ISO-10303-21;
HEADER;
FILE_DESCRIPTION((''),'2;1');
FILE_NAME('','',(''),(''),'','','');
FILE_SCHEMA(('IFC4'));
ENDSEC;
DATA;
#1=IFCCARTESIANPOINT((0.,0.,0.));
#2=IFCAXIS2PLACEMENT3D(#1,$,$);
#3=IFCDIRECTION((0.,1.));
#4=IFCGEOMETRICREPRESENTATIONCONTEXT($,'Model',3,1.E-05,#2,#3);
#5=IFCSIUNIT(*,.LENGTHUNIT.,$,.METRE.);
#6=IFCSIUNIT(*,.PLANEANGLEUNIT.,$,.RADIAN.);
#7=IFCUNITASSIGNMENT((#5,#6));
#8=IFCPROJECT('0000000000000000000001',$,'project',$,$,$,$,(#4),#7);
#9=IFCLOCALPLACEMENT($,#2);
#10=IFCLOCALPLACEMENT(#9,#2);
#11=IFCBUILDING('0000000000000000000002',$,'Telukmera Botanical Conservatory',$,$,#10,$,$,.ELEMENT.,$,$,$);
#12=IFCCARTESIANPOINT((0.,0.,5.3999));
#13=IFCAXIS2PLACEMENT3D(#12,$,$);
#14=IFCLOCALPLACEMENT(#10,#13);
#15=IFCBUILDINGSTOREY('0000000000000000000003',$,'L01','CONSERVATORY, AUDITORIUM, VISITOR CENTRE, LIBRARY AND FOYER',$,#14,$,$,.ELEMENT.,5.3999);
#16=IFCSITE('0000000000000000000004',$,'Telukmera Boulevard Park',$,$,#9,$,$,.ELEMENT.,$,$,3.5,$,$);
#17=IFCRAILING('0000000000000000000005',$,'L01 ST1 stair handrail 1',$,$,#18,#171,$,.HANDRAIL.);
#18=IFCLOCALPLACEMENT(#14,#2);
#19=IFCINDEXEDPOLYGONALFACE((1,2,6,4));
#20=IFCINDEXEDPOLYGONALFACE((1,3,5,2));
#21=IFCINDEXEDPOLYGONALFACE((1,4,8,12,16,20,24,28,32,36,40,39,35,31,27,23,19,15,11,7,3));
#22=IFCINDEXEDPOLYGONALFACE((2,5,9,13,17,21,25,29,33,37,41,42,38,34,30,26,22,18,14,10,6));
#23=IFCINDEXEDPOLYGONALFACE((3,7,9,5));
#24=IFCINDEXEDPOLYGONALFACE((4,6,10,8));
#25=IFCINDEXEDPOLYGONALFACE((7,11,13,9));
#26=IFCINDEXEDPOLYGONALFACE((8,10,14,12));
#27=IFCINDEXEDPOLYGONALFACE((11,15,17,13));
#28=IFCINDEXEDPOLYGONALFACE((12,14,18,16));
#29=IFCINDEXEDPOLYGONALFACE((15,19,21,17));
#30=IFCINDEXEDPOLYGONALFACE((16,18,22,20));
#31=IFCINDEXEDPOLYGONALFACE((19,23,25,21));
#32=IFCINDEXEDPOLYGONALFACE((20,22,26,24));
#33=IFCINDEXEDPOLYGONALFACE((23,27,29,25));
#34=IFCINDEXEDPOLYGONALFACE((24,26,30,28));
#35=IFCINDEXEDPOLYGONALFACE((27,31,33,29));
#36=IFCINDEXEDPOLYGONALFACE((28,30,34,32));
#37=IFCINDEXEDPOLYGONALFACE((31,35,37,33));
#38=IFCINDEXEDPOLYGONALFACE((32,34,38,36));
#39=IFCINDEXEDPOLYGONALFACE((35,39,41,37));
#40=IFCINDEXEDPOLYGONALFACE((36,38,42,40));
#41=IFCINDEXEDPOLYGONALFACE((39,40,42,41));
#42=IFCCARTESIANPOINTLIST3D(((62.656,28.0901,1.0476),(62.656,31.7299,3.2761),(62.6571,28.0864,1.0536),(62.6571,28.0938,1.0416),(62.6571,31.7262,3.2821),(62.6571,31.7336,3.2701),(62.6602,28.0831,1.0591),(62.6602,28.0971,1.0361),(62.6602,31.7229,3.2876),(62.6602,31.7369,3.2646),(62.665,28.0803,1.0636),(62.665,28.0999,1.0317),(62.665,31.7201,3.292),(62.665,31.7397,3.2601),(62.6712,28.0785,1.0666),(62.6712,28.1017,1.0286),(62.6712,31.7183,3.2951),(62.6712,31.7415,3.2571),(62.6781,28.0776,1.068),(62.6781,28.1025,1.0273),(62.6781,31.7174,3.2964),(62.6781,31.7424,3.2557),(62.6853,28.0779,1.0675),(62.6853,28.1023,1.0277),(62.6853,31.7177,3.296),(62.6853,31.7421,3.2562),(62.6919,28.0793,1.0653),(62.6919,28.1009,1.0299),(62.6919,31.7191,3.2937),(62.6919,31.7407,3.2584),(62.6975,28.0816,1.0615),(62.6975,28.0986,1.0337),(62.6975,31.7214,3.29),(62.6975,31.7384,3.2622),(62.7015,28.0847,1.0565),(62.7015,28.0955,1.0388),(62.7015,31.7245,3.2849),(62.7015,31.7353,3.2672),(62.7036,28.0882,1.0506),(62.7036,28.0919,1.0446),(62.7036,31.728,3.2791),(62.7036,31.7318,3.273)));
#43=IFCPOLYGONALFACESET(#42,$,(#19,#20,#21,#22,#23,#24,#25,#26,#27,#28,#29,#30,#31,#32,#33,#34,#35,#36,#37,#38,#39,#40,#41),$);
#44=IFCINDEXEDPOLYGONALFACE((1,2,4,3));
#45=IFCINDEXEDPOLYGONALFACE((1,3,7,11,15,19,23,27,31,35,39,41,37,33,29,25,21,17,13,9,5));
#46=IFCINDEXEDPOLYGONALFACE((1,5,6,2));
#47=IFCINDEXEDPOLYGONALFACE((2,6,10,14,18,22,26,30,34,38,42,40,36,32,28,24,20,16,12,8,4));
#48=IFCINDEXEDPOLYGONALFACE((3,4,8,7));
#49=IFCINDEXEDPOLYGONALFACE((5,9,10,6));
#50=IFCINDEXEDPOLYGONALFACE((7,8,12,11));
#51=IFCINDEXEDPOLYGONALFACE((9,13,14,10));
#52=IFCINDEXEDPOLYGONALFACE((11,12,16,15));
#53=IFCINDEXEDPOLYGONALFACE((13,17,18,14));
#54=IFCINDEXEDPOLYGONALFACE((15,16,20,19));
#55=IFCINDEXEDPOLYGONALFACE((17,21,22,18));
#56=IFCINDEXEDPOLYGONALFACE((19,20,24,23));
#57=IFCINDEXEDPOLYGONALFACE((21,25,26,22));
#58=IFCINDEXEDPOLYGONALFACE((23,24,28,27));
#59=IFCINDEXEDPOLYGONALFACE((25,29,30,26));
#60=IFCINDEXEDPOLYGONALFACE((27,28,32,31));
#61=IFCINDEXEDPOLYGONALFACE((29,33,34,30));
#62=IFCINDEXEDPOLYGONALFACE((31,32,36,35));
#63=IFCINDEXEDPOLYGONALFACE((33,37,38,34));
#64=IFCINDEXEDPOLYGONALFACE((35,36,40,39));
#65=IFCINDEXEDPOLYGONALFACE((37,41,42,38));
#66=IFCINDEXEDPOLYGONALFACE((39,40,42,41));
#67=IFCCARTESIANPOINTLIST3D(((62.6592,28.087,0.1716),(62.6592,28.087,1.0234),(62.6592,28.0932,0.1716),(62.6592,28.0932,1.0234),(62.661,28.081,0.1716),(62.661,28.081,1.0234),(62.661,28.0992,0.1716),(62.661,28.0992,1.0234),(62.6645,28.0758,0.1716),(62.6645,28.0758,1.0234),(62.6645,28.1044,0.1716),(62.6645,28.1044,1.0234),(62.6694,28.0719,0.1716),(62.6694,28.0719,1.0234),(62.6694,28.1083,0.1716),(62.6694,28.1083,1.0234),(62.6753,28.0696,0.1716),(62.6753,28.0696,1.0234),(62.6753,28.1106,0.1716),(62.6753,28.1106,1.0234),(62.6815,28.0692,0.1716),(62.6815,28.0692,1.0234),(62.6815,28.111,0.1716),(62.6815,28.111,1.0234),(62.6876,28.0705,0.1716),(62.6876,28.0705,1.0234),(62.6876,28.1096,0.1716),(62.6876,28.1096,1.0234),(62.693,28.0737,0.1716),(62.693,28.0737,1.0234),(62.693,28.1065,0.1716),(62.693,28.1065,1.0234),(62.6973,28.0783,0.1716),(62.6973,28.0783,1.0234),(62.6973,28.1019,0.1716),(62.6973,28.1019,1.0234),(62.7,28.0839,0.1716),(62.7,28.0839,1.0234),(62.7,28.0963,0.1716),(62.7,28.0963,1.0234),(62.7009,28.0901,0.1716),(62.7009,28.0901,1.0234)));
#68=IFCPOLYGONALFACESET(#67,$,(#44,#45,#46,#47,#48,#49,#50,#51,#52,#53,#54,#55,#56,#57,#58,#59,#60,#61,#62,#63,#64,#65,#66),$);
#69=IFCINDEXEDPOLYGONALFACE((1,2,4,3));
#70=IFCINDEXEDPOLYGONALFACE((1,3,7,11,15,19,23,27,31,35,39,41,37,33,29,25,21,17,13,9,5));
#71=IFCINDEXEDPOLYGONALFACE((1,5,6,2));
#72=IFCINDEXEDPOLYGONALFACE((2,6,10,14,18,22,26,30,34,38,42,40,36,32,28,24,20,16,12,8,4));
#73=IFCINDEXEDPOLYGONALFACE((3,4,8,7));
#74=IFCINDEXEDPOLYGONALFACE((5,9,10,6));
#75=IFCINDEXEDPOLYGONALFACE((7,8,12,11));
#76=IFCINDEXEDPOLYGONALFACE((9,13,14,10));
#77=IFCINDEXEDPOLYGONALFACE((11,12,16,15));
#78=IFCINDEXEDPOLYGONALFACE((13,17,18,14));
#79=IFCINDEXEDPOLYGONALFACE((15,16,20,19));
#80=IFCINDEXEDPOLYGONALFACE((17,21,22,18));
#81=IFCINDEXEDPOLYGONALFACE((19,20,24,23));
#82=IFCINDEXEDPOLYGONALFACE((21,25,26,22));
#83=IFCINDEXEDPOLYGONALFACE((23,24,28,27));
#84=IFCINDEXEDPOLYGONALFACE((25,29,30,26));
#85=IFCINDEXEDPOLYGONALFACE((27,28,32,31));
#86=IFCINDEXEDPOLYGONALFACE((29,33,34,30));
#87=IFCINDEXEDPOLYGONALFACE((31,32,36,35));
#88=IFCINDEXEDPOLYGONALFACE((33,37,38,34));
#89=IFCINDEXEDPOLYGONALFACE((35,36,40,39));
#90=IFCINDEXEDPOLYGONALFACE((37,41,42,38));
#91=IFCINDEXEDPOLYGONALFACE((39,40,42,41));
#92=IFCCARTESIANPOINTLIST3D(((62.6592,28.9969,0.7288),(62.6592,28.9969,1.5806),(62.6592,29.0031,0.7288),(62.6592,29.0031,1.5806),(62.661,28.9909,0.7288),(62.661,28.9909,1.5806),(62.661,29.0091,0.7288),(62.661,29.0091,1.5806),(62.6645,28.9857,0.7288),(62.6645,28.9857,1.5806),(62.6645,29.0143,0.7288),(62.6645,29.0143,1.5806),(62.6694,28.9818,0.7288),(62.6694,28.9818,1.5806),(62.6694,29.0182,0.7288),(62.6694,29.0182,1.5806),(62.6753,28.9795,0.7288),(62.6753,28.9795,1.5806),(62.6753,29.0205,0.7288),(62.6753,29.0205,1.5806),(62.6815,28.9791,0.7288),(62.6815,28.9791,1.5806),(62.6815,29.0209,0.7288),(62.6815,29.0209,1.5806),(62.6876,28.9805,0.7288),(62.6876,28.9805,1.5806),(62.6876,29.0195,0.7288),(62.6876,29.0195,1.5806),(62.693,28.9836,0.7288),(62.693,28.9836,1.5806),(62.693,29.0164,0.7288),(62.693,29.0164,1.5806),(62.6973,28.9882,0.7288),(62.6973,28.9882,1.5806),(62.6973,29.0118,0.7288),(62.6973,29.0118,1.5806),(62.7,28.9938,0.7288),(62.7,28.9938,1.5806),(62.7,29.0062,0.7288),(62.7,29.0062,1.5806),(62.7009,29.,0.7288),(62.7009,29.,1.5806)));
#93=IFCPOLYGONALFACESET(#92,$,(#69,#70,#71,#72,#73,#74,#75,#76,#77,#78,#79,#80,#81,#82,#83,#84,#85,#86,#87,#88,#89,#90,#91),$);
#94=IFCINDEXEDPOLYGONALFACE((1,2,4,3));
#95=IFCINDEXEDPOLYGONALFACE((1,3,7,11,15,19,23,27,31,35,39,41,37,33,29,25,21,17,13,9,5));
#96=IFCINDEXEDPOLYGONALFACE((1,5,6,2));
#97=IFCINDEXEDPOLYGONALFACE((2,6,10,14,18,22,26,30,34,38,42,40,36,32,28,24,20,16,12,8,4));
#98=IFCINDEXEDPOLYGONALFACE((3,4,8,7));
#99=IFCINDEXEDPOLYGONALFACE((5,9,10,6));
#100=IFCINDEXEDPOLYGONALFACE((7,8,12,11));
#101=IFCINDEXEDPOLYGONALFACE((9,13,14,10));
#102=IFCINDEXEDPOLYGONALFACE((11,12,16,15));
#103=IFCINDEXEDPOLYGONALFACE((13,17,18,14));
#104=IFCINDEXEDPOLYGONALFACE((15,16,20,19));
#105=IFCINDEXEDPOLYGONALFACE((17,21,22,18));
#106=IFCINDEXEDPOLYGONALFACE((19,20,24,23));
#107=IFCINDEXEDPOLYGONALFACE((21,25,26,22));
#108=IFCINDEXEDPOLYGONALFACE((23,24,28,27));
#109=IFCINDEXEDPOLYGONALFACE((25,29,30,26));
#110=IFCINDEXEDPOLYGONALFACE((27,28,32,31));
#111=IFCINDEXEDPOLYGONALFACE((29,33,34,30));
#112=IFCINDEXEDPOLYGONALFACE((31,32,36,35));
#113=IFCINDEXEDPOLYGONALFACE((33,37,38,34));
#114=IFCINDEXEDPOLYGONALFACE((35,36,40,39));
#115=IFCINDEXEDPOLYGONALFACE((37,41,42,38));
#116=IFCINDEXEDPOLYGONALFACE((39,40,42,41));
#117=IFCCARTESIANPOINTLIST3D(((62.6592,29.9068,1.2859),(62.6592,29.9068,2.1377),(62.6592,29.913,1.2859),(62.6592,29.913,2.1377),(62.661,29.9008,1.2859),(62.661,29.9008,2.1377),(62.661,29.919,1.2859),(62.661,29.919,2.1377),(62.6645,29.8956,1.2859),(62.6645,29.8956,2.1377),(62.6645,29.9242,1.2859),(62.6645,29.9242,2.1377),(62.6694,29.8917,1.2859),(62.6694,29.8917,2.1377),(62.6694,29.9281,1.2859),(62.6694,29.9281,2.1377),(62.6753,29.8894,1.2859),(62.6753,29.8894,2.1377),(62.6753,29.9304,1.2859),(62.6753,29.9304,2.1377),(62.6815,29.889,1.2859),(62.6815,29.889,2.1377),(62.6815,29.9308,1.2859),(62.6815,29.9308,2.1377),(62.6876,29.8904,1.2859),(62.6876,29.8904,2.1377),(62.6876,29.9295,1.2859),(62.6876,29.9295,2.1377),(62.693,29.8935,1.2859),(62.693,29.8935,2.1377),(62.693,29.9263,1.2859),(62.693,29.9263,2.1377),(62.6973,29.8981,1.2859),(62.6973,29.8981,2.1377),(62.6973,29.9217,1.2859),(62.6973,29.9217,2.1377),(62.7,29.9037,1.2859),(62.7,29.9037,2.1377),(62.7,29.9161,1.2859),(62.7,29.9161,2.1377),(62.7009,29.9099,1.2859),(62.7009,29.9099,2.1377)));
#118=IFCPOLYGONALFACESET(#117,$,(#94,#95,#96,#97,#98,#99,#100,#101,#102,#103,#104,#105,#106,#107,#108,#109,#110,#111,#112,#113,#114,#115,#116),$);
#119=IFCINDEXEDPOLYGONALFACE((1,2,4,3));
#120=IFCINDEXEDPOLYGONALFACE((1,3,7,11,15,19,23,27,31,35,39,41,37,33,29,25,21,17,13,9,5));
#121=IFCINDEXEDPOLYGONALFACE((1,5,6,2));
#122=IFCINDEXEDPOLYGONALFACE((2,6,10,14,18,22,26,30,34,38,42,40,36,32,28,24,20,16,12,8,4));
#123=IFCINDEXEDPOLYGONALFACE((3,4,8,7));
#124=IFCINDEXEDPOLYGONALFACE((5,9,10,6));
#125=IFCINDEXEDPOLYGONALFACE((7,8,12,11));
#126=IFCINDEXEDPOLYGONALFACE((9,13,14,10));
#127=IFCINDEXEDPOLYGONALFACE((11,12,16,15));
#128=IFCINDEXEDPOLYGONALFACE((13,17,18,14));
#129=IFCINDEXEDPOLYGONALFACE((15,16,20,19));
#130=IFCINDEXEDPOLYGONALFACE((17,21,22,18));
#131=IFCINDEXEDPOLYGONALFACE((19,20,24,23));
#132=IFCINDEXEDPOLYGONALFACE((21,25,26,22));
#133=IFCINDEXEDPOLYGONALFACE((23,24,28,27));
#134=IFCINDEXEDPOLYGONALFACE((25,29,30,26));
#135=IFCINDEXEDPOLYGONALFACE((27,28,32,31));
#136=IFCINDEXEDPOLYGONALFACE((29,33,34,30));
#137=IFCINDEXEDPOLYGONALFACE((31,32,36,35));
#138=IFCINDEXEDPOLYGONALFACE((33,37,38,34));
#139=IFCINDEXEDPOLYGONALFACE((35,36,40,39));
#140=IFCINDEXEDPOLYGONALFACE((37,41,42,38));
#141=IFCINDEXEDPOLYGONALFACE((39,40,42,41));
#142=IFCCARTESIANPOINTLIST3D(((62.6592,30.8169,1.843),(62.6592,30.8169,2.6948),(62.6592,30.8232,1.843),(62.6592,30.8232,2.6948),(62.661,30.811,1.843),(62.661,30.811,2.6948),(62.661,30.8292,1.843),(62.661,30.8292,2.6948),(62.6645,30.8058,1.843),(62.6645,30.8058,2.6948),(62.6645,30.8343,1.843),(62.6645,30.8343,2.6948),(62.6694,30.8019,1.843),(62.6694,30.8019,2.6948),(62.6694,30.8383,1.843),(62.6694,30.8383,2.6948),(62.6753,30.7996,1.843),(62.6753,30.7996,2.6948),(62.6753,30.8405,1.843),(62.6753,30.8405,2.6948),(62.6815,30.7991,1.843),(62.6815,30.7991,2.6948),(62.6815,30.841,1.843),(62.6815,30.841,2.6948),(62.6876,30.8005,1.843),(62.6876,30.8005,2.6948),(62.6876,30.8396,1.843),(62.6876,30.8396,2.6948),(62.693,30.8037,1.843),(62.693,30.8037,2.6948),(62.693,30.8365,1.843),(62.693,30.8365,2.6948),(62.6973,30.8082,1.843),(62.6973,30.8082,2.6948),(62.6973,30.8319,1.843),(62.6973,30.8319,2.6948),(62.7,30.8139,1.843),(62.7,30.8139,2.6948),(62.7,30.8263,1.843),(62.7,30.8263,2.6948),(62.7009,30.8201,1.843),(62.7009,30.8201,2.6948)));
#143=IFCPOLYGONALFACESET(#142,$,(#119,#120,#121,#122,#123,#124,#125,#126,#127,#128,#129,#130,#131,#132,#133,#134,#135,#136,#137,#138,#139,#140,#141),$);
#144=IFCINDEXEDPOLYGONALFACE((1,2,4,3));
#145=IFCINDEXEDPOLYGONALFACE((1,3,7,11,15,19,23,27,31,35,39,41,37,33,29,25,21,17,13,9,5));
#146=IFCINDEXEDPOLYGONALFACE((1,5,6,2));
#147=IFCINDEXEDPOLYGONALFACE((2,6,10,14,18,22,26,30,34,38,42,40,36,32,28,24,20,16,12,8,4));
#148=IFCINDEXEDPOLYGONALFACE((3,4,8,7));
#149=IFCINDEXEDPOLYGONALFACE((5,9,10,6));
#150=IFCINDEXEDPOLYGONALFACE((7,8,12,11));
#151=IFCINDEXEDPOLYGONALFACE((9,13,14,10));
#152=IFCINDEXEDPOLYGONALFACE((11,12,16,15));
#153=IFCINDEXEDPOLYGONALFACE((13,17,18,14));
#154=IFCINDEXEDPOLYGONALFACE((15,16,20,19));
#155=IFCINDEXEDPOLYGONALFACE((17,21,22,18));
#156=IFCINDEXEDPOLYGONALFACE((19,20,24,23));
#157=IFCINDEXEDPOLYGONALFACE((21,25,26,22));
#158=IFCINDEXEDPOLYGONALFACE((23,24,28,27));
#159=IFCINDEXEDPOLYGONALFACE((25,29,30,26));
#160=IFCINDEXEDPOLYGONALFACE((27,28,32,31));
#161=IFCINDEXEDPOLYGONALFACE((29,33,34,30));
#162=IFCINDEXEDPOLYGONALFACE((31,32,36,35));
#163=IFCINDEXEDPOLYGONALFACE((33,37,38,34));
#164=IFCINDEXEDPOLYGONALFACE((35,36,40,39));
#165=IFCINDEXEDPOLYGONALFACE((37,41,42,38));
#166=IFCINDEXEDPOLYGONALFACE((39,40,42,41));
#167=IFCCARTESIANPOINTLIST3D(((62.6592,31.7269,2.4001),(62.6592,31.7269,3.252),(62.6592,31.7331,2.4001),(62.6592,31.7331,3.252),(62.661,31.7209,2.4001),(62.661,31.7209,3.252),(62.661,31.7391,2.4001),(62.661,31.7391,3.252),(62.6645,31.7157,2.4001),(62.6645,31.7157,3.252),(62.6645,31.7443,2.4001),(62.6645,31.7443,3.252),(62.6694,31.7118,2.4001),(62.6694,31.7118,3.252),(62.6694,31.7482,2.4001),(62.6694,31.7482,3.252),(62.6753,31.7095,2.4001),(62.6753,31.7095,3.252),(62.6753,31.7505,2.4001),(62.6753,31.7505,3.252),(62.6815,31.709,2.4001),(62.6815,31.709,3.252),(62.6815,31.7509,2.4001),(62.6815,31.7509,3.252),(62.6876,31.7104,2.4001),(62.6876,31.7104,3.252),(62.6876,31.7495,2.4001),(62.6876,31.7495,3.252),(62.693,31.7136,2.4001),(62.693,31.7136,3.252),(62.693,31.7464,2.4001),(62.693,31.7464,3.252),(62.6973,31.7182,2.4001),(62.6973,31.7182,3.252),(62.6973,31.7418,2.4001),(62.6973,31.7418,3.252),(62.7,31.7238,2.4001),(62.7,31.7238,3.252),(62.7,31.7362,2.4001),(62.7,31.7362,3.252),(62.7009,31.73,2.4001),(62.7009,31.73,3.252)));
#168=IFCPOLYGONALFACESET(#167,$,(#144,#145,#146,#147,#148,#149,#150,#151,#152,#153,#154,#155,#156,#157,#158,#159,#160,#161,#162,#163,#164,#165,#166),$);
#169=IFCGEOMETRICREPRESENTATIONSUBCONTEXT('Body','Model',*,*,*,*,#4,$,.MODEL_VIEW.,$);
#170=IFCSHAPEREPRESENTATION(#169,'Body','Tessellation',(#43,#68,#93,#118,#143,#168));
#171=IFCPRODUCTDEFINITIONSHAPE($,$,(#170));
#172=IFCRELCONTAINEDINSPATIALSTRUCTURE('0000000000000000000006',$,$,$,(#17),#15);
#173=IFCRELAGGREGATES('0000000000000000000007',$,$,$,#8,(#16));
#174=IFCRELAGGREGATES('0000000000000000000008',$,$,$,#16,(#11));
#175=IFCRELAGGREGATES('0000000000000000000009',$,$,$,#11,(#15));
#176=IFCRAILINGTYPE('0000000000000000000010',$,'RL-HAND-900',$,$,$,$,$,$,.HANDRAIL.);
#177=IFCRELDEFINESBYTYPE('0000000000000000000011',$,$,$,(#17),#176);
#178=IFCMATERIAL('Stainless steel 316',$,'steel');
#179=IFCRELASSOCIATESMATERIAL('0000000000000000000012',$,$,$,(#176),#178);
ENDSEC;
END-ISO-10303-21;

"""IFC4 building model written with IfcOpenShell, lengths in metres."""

from ifc_helpers import new_model, si_unit, direction, frame, origin, origin_2d, place, context, subcontext, project, spatial, circle, extrude, material, type_object, element, save


model = new_model("IFC4")

# Units and contexts
model_context = context("Model", 3, precision=1e-05, world=origin(), true_north=direction((0.0, 1.0)))
body_context = subcontext(model_context, "Body", "Model", "MODEL_VIEW")
ifc_project = project(units=[si_unit("LENGTHUNIT", "METRE"), si_unit("PLANEANGLEUNIT", "RADIAN")], contexts=[model_context])

# Site, building, storey
site_placement = place(None, origin())
site = spatial("IfcSite", under=ifc_project, at=site_placement, Name="Telukmera Boulevard Park", CompositionType="ELEMENT", RefElevation=3.5)
building_placement = place(site_placement, origin())
building = spatial("IfcBuilding", under=site, at=building_placement, Name="Telukmera Botanical Conservatory", CompositionType="ELEMENT")
storey_placement = place(building_placement, frame((0.0, 0.0, 5.3999)))
storey = spatial("IfcBuildingStorey", under=building, at=storey_placement, Name="L01", Description="CONSERVATORY, AUDITORIUM, VISITOR CENTRE, LIBRARY AND FOYER", CompositionType="ELEMENT", Elevation=5.3999)

# Shared definitions
ifc_material_1 = material(Name="Stainless steel 316", Category="steel")

# Railing
railing_type_1 = type_object("IfcRailingType", Name="RL-HAND-900", PredefinedType="HANDRAIL", material=ifc_material_1)
railing_1_placement = place(storey_placement, frame((62.6799, 28.0901, 0.1716)))
element("IfcRailing", 1, at=railing_1_placement, inside=storey, type_object=railing_type_1, Name="L01 ST1 stair handrail 1", PredefinedType="HANDRAIL", context=body_context, shape_type="SweptSolid", body=[
    extrude(circle(Radius=0.0239, at=origin_2d()), frame((0.0, 0.0, 0.876), z_axis=(0.0, 0.85285, 0.522156), x_axis=(-1.0, 0.0, 0.0)), (0.0, 0.0, 1.0), 4.2678),
    extrude(circle(Radius=0.021, at=origin_2d()), origin(), (0.0, 0.0, 1.0), 0.8518),
    extrude(circle(Radius=0.021, at=origin_2d()), frame((0.0, 0.9099, 0.5571)), (0.0, 0.0, 1.0), 0.8518),
    extrude(circle(Radius=0.021, at=origin_2d()), frame((0.0, 1.8198, 1.1143)), (0.0, 0.0, 1.0), 0.8518),
    extrude(circle(Radius=0.021, at=origin_2d()), frame((0.0, 2.73, 1.6714)), (0.0, 0.0, 1.0), 0.8518),
    extrude(circle(Radius=0.021, at=origin_2d()), frame((0.0, 3.6399, 2.2285)), (0.0, 0.0, 1.0), 0.8518),
])

save(model, "model.ifc")
